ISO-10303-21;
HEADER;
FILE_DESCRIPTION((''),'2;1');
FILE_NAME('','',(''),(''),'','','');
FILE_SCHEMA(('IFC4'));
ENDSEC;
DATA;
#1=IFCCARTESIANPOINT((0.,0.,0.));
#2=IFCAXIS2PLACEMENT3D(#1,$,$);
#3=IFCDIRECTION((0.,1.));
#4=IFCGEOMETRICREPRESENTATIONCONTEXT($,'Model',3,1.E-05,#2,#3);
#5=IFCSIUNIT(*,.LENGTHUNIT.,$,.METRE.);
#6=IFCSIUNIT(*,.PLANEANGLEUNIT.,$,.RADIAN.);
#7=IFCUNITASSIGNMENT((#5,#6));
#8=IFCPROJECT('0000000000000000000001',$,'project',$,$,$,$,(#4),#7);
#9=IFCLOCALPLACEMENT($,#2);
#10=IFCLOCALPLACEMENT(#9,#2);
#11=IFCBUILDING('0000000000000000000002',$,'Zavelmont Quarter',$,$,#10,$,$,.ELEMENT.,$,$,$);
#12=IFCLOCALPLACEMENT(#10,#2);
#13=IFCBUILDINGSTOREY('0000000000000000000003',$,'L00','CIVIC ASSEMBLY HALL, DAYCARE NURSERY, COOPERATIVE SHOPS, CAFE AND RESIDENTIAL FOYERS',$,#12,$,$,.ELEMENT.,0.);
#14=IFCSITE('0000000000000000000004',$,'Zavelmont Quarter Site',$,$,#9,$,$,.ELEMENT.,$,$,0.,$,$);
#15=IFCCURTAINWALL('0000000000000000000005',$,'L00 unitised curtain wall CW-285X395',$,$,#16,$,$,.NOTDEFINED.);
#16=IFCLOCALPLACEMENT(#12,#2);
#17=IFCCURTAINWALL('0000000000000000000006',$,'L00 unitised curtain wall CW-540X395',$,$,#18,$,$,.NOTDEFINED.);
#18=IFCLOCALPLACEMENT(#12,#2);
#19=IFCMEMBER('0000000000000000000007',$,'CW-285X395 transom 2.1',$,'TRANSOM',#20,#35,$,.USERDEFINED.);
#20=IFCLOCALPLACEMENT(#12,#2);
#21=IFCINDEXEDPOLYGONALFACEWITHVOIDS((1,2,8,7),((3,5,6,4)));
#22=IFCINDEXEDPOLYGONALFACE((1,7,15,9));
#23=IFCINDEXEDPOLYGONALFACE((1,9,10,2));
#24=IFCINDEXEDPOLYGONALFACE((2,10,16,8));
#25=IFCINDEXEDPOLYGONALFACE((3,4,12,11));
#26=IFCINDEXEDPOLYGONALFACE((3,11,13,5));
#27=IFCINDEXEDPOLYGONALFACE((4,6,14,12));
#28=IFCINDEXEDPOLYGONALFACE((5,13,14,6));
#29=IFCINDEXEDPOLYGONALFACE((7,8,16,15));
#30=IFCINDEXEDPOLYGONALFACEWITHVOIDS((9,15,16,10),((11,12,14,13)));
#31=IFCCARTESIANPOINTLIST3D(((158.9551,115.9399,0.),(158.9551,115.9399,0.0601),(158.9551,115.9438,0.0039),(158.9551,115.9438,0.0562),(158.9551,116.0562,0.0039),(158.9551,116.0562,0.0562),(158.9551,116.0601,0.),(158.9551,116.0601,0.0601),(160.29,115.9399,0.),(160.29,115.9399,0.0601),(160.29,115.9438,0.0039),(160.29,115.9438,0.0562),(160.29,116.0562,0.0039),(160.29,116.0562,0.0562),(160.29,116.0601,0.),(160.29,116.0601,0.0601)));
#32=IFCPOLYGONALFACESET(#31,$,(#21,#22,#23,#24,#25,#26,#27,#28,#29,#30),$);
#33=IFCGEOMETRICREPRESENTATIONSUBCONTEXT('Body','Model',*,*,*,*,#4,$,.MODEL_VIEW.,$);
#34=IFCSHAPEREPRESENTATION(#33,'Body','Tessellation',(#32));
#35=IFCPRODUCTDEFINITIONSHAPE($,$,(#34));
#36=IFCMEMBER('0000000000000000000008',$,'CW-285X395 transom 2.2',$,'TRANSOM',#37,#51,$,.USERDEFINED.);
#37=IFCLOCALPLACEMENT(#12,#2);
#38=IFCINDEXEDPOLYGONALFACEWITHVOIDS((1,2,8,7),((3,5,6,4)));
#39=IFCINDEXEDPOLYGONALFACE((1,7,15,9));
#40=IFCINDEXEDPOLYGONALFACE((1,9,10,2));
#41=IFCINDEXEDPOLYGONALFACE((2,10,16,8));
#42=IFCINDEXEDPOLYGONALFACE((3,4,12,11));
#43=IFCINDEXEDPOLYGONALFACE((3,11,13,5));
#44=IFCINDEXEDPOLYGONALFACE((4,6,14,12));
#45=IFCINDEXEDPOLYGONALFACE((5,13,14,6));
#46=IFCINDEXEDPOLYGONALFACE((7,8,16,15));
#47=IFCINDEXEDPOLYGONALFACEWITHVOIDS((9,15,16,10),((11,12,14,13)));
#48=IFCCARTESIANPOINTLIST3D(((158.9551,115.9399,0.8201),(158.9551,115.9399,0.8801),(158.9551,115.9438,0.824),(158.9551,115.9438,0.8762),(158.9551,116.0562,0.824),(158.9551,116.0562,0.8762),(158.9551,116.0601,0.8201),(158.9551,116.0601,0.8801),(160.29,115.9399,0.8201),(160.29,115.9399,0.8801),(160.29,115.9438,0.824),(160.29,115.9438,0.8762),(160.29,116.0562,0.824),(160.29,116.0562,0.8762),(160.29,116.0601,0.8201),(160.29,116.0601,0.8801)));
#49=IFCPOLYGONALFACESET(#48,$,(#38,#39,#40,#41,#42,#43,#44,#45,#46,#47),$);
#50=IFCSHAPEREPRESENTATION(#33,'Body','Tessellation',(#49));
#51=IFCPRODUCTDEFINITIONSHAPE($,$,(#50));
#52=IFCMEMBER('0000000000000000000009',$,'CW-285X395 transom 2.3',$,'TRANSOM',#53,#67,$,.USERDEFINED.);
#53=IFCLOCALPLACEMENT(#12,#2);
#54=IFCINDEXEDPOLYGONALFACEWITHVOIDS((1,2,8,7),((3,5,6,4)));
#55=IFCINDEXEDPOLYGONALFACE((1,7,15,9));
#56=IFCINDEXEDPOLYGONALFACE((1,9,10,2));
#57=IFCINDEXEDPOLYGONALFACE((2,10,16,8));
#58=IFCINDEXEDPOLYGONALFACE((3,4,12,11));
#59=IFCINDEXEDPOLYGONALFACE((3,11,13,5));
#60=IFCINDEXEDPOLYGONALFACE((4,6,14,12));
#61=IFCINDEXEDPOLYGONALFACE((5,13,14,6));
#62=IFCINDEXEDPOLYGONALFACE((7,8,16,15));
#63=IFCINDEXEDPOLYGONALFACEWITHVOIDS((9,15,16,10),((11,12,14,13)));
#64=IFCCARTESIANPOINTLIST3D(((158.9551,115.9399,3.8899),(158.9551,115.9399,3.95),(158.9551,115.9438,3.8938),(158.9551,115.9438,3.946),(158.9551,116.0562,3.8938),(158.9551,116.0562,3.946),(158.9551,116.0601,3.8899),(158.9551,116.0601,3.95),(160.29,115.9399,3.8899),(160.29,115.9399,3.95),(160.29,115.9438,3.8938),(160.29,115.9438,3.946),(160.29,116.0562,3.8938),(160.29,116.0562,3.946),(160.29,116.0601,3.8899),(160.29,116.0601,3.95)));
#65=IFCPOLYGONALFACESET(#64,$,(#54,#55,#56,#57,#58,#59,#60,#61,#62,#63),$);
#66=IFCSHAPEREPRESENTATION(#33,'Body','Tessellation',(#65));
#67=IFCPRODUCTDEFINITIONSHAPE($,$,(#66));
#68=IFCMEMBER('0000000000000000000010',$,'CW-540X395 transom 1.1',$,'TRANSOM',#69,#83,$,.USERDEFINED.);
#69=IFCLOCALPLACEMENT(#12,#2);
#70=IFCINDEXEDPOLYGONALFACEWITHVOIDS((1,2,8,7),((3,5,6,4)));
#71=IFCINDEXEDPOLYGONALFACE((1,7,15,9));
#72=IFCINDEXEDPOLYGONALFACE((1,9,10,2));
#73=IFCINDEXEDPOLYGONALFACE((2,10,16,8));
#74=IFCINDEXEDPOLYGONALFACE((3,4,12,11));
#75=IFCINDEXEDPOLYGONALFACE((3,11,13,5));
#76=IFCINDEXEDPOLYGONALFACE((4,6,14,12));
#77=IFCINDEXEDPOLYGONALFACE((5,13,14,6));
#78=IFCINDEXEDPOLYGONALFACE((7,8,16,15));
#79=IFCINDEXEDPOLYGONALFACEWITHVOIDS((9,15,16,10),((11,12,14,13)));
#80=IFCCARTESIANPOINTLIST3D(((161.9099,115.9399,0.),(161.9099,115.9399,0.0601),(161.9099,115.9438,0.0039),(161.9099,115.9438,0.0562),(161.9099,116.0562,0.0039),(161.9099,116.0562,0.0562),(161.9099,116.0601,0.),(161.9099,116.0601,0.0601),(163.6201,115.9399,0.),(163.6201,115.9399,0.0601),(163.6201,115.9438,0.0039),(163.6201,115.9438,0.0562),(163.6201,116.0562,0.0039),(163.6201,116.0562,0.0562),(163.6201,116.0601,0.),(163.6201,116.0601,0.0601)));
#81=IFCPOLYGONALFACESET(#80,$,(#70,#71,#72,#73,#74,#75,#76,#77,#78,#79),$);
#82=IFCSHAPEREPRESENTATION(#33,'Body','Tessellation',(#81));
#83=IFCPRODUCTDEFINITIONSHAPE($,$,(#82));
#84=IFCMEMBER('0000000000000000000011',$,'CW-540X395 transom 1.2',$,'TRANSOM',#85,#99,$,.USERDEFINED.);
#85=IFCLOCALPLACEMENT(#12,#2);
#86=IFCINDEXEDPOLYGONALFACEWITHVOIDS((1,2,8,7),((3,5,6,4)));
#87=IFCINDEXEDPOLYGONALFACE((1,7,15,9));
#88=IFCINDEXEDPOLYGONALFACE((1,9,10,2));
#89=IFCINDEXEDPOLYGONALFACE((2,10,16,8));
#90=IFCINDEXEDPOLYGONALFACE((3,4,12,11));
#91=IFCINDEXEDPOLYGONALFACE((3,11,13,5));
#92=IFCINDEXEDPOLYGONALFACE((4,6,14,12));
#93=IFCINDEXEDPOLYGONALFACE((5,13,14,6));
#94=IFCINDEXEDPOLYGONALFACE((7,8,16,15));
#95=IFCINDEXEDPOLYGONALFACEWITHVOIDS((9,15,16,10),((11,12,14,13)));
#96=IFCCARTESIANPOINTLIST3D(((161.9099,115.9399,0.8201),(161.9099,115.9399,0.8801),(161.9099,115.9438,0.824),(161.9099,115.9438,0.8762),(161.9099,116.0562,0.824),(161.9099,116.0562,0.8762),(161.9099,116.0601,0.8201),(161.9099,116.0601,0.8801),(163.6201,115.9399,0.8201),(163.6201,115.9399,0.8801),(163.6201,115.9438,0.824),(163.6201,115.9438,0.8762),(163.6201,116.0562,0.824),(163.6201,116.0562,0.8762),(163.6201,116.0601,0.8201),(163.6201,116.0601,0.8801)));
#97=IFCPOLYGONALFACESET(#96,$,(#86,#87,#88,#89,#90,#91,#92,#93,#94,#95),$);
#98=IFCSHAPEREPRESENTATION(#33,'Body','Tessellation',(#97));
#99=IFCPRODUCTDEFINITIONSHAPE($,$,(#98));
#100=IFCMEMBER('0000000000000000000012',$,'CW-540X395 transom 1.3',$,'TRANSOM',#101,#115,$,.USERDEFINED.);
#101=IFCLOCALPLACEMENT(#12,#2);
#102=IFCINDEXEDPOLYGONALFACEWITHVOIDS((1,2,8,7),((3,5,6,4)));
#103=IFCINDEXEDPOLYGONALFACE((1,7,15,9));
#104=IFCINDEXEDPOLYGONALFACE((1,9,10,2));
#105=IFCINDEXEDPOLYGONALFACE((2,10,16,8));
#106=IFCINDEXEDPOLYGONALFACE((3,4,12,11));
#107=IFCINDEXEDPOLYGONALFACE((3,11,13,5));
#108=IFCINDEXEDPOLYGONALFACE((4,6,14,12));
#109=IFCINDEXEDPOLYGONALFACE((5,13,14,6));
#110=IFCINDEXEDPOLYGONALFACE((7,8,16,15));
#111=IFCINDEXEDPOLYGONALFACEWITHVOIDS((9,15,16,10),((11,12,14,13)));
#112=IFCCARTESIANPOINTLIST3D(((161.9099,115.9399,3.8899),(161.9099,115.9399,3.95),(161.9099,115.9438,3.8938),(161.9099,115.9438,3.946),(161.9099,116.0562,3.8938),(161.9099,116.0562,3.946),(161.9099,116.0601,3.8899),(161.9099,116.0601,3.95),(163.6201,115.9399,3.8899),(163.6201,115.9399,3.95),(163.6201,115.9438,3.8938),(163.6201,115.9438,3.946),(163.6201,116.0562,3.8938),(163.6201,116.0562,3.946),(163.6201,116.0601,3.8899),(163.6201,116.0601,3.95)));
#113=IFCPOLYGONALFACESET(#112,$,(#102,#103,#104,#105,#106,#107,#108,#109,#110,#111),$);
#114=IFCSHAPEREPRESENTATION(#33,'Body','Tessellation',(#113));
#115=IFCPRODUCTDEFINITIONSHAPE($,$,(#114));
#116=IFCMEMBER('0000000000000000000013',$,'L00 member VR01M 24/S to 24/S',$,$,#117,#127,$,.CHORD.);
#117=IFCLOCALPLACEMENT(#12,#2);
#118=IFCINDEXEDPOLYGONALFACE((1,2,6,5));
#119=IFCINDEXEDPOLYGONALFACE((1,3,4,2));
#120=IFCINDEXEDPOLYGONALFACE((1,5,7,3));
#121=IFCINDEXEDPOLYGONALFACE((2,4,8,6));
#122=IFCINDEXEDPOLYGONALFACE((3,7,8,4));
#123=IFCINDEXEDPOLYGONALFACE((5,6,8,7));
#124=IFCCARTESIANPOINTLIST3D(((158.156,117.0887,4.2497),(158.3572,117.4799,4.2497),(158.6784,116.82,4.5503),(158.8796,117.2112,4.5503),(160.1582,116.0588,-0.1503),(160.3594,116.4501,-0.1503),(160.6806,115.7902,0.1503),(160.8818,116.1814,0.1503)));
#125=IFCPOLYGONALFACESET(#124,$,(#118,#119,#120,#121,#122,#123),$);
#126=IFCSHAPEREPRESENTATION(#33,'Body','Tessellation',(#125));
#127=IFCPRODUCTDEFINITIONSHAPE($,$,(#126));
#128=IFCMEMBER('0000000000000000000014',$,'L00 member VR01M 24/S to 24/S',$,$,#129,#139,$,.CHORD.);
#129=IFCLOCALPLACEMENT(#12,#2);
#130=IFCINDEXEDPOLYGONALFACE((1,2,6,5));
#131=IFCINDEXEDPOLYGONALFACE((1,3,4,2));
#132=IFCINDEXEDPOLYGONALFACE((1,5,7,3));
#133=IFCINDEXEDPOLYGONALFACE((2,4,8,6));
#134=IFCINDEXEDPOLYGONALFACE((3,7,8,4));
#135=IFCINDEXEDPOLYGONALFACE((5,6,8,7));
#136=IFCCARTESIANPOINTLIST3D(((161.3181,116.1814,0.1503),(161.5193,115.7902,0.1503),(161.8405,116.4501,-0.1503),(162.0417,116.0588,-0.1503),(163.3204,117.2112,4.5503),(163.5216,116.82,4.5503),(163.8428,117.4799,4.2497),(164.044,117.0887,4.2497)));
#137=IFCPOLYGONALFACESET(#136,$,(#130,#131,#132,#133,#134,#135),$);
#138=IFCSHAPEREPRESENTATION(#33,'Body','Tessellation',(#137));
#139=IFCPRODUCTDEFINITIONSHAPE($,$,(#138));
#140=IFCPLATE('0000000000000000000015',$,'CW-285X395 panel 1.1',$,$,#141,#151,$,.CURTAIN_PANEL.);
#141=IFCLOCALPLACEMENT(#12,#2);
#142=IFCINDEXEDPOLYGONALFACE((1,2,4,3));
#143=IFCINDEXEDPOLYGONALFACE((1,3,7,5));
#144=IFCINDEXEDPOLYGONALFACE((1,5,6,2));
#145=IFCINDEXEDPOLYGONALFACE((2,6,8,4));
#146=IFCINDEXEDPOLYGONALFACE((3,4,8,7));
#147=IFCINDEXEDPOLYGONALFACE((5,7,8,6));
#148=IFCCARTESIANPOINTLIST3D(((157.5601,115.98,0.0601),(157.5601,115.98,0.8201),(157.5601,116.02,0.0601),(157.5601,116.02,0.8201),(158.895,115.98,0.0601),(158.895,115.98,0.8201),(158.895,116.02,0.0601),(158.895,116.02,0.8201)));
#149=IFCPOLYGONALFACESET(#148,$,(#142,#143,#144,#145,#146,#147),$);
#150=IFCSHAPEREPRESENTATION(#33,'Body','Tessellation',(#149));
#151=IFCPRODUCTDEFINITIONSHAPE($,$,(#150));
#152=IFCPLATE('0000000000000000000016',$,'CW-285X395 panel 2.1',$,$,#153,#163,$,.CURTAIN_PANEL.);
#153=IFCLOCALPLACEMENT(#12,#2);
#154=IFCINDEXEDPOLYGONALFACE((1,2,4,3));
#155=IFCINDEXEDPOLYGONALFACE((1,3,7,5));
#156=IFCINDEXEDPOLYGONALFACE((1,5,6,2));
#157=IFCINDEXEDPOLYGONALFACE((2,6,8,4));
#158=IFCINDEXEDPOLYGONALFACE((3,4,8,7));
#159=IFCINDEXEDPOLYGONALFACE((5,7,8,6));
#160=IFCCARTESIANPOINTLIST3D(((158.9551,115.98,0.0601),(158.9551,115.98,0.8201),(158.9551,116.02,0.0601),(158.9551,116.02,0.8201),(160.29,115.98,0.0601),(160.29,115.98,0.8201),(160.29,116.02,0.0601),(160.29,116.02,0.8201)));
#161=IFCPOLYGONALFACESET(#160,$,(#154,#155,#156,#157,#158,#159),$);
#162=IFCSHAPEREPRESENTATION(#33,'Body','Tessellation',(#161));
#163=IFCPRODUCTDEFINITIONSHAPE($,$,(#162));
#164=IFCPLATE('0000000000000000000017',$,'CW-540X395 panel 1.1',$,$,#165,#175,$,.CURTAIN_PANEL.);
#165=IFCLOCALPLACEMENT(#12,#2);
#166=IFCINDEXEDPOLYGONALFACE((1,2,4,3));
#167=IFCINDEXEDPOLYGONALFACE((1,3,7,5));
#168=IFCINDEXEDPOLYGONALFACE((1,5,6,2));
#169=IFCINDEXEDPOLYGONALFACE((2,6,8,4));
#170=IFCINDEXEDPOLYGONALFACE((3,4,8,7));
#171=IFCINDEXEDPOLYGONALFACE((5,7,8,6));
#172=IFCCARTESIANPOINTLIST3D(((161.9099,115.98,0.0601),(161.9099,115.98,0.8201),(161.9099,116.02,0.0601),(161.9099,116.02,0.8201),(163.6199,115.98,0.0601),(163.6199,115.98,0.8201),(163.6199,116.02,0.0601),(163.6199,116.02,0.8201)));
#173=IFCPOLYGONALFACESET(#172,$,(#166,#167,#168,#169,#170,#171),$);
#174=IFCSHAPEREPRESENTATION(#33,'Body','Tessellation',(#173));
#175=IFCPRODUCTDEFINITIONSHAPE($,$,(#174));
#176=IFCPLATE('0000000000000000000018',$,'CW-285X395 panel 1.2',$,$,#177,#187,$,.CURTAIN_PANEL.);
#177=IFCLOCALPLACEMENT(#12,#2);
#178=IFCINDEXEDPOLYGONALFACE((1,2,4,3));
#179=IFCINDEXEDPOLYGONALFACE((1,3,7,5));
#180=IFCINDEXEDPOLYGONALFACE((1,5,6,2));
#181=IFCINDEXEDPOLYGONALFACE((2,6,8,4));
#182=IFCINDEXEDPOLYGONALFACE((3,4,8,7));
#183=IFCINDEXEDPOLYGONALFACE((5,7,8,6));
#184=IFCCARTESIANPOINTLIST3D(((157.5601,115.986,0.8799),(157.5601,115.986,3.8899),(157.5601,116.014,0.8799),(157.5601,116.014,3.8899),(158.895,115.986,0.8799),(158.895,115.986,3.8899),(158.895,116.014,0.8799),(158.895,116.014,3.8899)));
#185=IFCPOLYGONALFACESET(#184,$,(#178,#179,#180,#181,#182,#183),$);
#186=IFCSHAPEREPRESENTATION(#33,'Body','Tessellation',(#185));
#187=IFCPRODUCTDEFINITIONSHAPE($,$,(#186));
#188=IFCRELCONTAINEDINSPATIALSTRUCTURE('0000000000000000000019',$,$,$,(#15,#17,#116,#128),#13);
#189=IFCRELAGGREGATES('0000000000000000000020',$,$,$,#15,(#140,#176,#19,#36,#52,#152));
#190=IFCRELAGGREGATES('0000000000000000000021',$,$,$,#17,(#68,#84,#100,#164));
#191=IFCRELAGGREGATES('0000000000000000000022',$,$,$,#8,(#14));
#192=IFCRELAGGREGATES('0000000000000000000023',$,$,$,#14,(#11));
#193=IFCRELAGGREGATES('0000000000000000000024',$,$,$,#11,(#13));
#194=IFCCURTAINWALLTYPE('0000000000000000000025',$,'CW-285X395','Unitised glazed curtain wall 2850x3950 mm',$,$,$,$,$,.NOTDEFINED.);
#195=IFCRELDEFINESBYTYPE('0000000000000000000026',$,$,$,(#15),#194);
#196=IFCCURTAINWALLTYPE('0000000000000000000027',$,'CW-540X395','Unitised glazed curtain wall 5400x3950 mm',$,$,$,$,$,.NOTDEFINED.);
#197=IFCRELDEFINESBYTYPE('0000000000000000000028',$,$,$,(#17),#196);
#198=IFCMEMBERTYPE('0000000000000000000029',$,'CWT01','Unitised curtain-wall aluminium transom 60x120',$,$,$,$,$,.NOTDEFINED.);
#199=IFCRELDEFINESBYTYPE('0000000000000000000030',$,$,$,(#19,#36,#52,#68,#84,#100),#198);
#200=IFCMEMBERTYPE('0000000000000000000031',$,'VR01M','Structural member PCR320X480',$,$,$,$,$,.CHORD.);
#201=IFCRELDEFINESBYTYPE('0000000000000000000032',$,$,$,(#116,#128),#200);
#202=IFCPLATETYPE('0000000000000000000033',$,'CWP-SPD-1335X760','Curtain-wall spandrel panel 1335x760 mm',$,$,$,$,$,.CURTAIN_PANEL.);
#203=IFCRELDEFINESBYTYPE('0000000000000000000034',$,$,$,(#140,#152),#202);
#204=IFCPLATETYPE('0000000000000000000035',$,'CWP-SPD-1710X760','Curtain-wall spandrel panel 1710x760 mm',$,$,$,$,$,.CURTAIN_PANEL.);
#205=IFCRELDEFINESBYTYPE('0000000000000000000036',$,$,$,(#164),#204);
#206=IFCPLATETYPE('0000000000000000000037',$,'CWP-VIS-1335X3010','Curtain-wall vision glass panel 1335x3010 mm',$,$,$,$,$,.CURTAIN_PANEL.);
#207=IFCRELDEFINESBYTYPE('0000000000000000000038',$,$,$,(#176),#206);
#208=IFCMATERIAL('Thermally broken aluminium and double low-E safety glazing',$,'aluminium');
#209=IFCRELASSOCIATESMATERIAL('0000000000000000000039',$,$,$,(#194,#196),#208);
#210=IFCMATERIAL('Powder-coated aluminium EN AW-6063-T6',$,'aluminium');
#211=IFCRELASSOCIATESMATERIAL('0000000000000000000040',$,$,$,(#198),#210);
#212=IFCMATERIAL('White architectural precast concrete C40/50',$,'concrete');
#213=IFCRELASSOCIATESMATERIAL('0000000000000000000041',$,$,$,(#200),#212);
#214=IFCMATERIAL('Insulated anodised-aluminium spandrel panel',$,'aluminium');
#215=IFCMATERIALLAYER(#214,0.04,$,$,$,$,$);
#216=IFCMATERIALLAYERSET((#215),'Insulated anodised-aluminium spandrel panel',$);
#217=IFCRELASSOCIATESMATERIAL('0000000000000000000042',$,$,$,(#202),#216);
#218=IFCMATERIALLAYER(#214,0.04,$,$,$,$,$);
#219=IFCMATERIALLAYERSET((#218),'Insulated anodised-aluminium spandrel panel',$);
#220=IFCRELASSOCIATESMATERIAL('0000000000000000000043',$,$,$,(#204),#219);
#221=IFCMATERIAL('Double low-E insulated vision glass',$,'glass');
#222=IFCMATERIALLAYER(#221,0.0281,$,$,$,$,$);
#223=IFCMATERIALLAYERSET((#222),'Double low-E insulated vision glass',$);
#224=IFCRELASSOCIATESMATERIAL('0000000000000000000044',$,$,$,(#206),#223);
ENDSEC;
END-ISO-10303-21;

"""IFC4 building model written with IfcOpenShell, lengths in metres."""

from ifc_helpers import new_model, si_unit, direction, frame, origin, origin_2d, place, context, subcontext, project, spatial, rectangle, hollow_rectangle, extrude, material, layer, layer_set, material_profile, profile_set, type_object, element, aggregate, save


model = new_model("IFC4")

# Units and contexts
model_context = context("Model", 3, precision=1e-05, world=origin(), true_north=direction((0.0, 1.0)))
body_context = subcontext(model_context, "Body", "Model", "MODEL_VIEW")
ifc_project = project(units=[si_unit("LENGTHUNIT", "METRE"), si_unit("PLANEANGLEUNIT", "RADIAN")], contexts=[model_context])

# Site, building, storey
site_placement = place(None, origin())
site = spatial("IfcSite", under=ifc_project, at=site_placement, Name="Zavelmont Quarter Site", CompositionType="ELEMENT", RefElevation=0.0)
building_placement = place(site_placement, origin())
building = spatial("IfcBuilding", under=site, at=building_placement, Name="Zavelmont Quarter", CompositionType="ELEMENT")
storey_placement = place(building_placement, origin())
storey = spatial("IfcBuildingStorey", under=building, at=storey_placement, Name="L00", Description="CIVIC ASSEMBLY HALL, DAYCARE NURSERY, COOPERATIVE SHOPS, CAFE AND RESIDENTIAL FOYERS", CompositionType="ELEMENT", Elevation=0.0)

# Curtain wall
ifc_material_1 = material(Name="Thermally broken aluminium and double low-E safety glazing", Category="aluminium")
curtain_wall_type_1 = type_object("IfcCurtainWallType", Name="CW-285X395", Description="Unitised glazed curtain wall 2850x3950 mm", PredefinedType="NOTDEFINED", material=ifc_material_1)
curtain_wall_1_placement = place(storey_placement, origin())
curtain_wall_1 = element("IfcCurtainWall", 1, at=curtain_wall_1_placement, inside=storey, type_object=curtain_wall_type_1, Name="L00 unitised curtain wall CW-285X395", PredefinedType="NOTDEFINED")
ifc_material_2 = material(Name="Powder-coated aluminium EN AW-6063-T6", Category="aluminium")

# Curtain wall
curtain_wall_type_2 = type_object("IfcCurtainWallType", Name="CW-540X395", Description="Unitised glazed curtain wall 5400x3950 mm", PredefinedType="NOTDEFINED", material=ifc_material_1)
curtain_wall_2_placement = place(storey_placement, origin())
curtain_wall_2 = element("IfcCurtainWall", 2, at=curtain_wall_2_placement, inside=storey, type_object=curtain_wall_type_2, Name="L00 unitised curtain wall CW-540X395", PredefinedType="NOTDEFINED")

# Members
ifc_material_profile_1 = material_profile(ifc_material_2, hollow_rectangle(XDim=0.1201, YDim=0.0601, WallThickness=0.0039, at=origin_2d()), Name="CWT60X120")
ifc_profile_set_1 = profile_set([ifc_material_profile_1], Name="Powder-coated aluminium EN AW-6063-T6")
member_type_1 = type_object("IfcMemberType", Name="CWT01", Description="Unitised curtain-wall aluminium transom 60x120", PredefinedType="NOTDEFINED", material=ifc_profile_set_1)
member_1_placement = place(storey_placement, frame((158.9551, 116.0, 0.03), z_axis=(1.0, 0.0, 0.0), x_axis=(0.0, 1.0, 0.0)))
member_1 = element("IfcMember", 3, at=member_1_placement, type_object=member_type_1, Name="CW-285X395 transom 2.1", ObjectType="TRANSOM", PredefinedType="USERDEFINED", context=body_context, shape_type="SweptSolid", body=[
    extrude(hollow_rectangle(XDim=0.1201, YDim=0.0601, WallThickness=0.0039, at=origin_2d()), origin(), (0.0, 0.0, 1.0), 1.335),
])
member_2_placement = place(storey_placement, frame((158.9551, 116.0, 0.8501), z_axis=(1.0, 0.0, 0.0), x_axis=(0.0, 1.0, 0.0)))
member_2 = element("IfcMember", 4, at=member_2_placement, type_object=member_type_1, Name="CW-285X395 transom 2.2", ObjectType="TRANSOM", PredefinedType="USERDEFINED", context=body_context, shape_type="SweptSolid", body=[
    extrude(hollow_rectangle(XDim=0.1201, YDim=0.0601, WallThickness=0.0039, at=origin_2d()), origin(), (0.0, 0.0, 1.0), 1.335),
])
member_3_placement = place(storey_placement, frame((158.9551, 116.0, 3.9199), z_axis=(1.0, 0.0, 0.0), x_axis=(0.0, 1.0, 0.0)))
member_3 = element("IfcMember", 5, at=member_3_placement, type_object=member_type_1, Name="CW-285X395 transom 2.3", ObjectType="TRANSOM", PredefinedType="USERDEFINED", context=body_context, shape_type="SweptSolid", body=[
    extrude(hollow_rectangle(XDim=0.1201, YDim=0.0601, WallThickness=0.0039, at=origin_2d()), origin(), (0.0, 0.0, 1.0), 1.335),
])
member_4_placement = place(storey_placement, frame((161.9099, 116.0, 0.03), z_axis=(1.0, 0.0, 0.0), x_axis=(0.0, 1.0, 0.0)))
member_4 = element("IfcMember", 6, at=member_4_placement, type_object=member_type_1, Name="CW-540X395 transom 1.1", ObjectType="TRANSOM", PredefinedType="USERDEFINED", context=body_context, shape_type="SweptSolid", body=[
    extrude(hollow_rectangle(XDim=0.1201, YDim=0.0601, WallThickness=0.0039, at=origin_2d()), origin(), (0.0, 0.0, 1.0), 1.7102),
])
member_5_placement = place(storey_placement, frame((161.9099, 116.0, 0.8501), z_axis=(1.0, 0.0, 0.0), x_axis=(0.0, 1.0, 0.0)))
member_5 = element("IfcMember", 7, at=member_5_placement, type_object=member_type_1, Name="CW-540X395 transom 1.2", ObjectType="TRANSOM", PredefinedType="USERDEFINED", context=body_context, shape_type="SweptSolid", body=[
    extrude(hollow_rectangle(XDim=0.1201, YDim=0.0601, WallThickness=0.0039, at=origin_2d()), origin(), (0.0, 0.0, 1.0), 1.7102),
])
member_6_placement = place(storey_placement, frame((161.9099, 116.0, 3.9199), z_axis=(1.0, 0.0, 0.0), x_axis=(0.0, 1.0, 0.0)))
member_6 = element("IfcMember", 8, at=member_6_placement, type_object=member_type_1, Name="CW-540X395 transom 1.3", ObjectType="TRANSOM", PredefinedType="USERDEFINED", context=body_context, shape_type="SweptSolid", body=[
    extrude(hollow_rectangle(XDim=0.1201, YDim=0.0601, WallThickness=0.0039, at=origin_2d()), origin(), (0.0, 0.0, 1.0), 1.7102),
])

# Members
ifc_material_3 = material(Name="White architectural precast concrete C40/50", Category="concrete")
ifc_material_profile_2 = material_profile(ifc_material_3, rectangle(XDim=0.4399, YDim=0.6599, at=origin_2d()), Name="PCR320X480")
ifc_profile_set_2 = profile_set([ifc_material_profile_2], Name="White architectural precast concrete C40/50")
member_type_2 = type_object("IfcMemberType", Name="VR01M", Description="Structural member PCR320X480", PredefinedType="CHORD", material=ifc_profile_set_2)
for number, where, z_axis, x_axis, name in (
    (9, (160.52, 116.1201, 0.0), (-0.405097, 0.208353, 0.890216), (-0.457377, -0.889273, 0.0), "L00 member VR01M 24/S to 24/S"),
    (10, (161.6799, 116.1201, 0.0), (0.405097, 0.208353, 0.890216), (-0.457377, 0.889273, 0.0), "L00 member VR01M 24/S to 24/S"),
):
    element("IfcMember", number, at=place(storey_placement, frame(where, z_axis=z_axis, x_axis=x_axis)), inside=storey, type_object=member_type_2, Name=name, PredefinedType="CHORD", context=body_context, shape_type="SweptSolid", body=[
        extrude(rectangle(XDim=0.4399, YDim=0.6599, at=origin_2d()), origin(), (0.0, 0.0, 1.0), 4.9426),
    ])

# Plates
ifc_material_4 = material(Name="Insulated anodised-aluminium spandrel panel", Category="aluminium")
ifc_layer_1 = layer(ifc_material_4, 0.04)
ifc_layer_set_1 = layer_set([ifc_layer_1], Name="Insulated anodised-aluminium spandrel panel")
plate_type_1 = type_object("IfcPlateType", Name="CWP-SPD-1335X760", Description="Curtain-wall spandrel panel 1335x760 mm", PredefinedType="CURTAIN_PANEL", material=ifc_layer_set_1)
plate_1_placement = place(storey_placement, frame((158.2275, 116.0, 0.0601), z_axis=(0.0, 0.0, 1.0), x_axis=(1.0, 0.0, 0.0)))
plate_1 = element("IfcPlate", 11, at=plate_1_placement, type_object=plate_type_1, Name="CW-285X395 panel 1.1", PredefinedType="CURTAIN_PANEL", context=body_context, shape_type="SweptSolid", body=[
    extrude(rectangle(XDim=1.335, YDim=0.04, at=origin_2d()), origin(), (0.0, 0.0, 1.0), 0.76),
])
plate_2_placement = place(storey_placement, frame((159.6226, 116.0, 0.0601), z_axis=(0.0, 0.0, 1.0), x_axis=(1.0, 0.0, 0.0)))
plate_2 = element("IfcPlate", 12, at=plate_2_placement, type_object=plate_type_1, Name="CW-285X395 panel 2.1", PredefinedType="CURTAIN_PANEL", context=body_context, shape_type="SweptSolid", body=[
    extrude(rectangle(XDim=1.335, YDim=0.04, at=origin_2d()), origin(), (0.0, 0.0, 1.0), 0.76),
])
ifc_layer_2 = layer(ifc_material_4, 0.04)
ifc_layer_set_2 = layer_set([ifc_layer_2], Name="Insulated anodised-aluminium spandrel panel")
plate_type_2 = type_object("IfcPlateType", Name="CWP-SPD-1710X760", Description="Curtain-wall spandrel panel 1710x760 mm", PredefinedType="CURTAIN_PANEL", material=ifc_layer_set_2)
plate_3_placement = place(storey_placement, frame((162.7649, 116.0, 0.0601), z_axis=(0.0, 0.0, 1.0), x_axis=(1.0, 0.0, 0.0)))
plate_3 = element("IfcPlate", 13, at=plate_3_placement, type_object=plate_type_2, Name="CW-540X395 panel 1.1", PredefinedType="CURTAIN_PANEL", context=body_context, shape_type="SweptSolid", body=[
    extrude(rectangle(XDim=1.71, YDim=0.04, at=origin_2d()), origin(), (0.0, 0.0, 1.0), 0.76),
])
ifc_material_5 = material(Name="Double low-E insulated vision glass", Category="glass")
ifc_layer_3 = layer(ifc_material_5, 0.0281)
ifc_layer_set_3 = layer_set([ifc_layer_3], Name="Double low-E insulated vision glass")
plate_type_3 = type_object("IfcPlateType", Name="CWP-VIS-1335X3010", Description="Curtain-wall vision glass panel 1335x3010 mm", PredefinedType="CURTAIN_PANEL", material=ifc_layer_set_3)
plate_4_placement = place(storey_placement, frame((158.2275, 116.0, 0.8799), z_axis=(0.0, 0.0, 1.0), x_axis=(1.0, 0.0, 0.0)))
plate_4 = element("IfcPlate", 14, at=plate_4_placement, type_object=plate_type_3, Name="CW-285X395 panel 1.2", PredefinedType="CURTAIN_PANEL", context=body_context, shape_type="SweptSolid", body=[
    extrude(rectangle(XDim=1.335, YDim=0.0281, at=origin_2d()), origin(), (0.0, 0.0, 1.0), 3.01),
])
aggregate(curtain_wall_1, [plate_1, plate_4, member_1, member_2, member_3, plate_2])
aggregate(curtain_wall_2, [member_4, member_5, member_6, plate_3])

save(model, "model.ifc")
